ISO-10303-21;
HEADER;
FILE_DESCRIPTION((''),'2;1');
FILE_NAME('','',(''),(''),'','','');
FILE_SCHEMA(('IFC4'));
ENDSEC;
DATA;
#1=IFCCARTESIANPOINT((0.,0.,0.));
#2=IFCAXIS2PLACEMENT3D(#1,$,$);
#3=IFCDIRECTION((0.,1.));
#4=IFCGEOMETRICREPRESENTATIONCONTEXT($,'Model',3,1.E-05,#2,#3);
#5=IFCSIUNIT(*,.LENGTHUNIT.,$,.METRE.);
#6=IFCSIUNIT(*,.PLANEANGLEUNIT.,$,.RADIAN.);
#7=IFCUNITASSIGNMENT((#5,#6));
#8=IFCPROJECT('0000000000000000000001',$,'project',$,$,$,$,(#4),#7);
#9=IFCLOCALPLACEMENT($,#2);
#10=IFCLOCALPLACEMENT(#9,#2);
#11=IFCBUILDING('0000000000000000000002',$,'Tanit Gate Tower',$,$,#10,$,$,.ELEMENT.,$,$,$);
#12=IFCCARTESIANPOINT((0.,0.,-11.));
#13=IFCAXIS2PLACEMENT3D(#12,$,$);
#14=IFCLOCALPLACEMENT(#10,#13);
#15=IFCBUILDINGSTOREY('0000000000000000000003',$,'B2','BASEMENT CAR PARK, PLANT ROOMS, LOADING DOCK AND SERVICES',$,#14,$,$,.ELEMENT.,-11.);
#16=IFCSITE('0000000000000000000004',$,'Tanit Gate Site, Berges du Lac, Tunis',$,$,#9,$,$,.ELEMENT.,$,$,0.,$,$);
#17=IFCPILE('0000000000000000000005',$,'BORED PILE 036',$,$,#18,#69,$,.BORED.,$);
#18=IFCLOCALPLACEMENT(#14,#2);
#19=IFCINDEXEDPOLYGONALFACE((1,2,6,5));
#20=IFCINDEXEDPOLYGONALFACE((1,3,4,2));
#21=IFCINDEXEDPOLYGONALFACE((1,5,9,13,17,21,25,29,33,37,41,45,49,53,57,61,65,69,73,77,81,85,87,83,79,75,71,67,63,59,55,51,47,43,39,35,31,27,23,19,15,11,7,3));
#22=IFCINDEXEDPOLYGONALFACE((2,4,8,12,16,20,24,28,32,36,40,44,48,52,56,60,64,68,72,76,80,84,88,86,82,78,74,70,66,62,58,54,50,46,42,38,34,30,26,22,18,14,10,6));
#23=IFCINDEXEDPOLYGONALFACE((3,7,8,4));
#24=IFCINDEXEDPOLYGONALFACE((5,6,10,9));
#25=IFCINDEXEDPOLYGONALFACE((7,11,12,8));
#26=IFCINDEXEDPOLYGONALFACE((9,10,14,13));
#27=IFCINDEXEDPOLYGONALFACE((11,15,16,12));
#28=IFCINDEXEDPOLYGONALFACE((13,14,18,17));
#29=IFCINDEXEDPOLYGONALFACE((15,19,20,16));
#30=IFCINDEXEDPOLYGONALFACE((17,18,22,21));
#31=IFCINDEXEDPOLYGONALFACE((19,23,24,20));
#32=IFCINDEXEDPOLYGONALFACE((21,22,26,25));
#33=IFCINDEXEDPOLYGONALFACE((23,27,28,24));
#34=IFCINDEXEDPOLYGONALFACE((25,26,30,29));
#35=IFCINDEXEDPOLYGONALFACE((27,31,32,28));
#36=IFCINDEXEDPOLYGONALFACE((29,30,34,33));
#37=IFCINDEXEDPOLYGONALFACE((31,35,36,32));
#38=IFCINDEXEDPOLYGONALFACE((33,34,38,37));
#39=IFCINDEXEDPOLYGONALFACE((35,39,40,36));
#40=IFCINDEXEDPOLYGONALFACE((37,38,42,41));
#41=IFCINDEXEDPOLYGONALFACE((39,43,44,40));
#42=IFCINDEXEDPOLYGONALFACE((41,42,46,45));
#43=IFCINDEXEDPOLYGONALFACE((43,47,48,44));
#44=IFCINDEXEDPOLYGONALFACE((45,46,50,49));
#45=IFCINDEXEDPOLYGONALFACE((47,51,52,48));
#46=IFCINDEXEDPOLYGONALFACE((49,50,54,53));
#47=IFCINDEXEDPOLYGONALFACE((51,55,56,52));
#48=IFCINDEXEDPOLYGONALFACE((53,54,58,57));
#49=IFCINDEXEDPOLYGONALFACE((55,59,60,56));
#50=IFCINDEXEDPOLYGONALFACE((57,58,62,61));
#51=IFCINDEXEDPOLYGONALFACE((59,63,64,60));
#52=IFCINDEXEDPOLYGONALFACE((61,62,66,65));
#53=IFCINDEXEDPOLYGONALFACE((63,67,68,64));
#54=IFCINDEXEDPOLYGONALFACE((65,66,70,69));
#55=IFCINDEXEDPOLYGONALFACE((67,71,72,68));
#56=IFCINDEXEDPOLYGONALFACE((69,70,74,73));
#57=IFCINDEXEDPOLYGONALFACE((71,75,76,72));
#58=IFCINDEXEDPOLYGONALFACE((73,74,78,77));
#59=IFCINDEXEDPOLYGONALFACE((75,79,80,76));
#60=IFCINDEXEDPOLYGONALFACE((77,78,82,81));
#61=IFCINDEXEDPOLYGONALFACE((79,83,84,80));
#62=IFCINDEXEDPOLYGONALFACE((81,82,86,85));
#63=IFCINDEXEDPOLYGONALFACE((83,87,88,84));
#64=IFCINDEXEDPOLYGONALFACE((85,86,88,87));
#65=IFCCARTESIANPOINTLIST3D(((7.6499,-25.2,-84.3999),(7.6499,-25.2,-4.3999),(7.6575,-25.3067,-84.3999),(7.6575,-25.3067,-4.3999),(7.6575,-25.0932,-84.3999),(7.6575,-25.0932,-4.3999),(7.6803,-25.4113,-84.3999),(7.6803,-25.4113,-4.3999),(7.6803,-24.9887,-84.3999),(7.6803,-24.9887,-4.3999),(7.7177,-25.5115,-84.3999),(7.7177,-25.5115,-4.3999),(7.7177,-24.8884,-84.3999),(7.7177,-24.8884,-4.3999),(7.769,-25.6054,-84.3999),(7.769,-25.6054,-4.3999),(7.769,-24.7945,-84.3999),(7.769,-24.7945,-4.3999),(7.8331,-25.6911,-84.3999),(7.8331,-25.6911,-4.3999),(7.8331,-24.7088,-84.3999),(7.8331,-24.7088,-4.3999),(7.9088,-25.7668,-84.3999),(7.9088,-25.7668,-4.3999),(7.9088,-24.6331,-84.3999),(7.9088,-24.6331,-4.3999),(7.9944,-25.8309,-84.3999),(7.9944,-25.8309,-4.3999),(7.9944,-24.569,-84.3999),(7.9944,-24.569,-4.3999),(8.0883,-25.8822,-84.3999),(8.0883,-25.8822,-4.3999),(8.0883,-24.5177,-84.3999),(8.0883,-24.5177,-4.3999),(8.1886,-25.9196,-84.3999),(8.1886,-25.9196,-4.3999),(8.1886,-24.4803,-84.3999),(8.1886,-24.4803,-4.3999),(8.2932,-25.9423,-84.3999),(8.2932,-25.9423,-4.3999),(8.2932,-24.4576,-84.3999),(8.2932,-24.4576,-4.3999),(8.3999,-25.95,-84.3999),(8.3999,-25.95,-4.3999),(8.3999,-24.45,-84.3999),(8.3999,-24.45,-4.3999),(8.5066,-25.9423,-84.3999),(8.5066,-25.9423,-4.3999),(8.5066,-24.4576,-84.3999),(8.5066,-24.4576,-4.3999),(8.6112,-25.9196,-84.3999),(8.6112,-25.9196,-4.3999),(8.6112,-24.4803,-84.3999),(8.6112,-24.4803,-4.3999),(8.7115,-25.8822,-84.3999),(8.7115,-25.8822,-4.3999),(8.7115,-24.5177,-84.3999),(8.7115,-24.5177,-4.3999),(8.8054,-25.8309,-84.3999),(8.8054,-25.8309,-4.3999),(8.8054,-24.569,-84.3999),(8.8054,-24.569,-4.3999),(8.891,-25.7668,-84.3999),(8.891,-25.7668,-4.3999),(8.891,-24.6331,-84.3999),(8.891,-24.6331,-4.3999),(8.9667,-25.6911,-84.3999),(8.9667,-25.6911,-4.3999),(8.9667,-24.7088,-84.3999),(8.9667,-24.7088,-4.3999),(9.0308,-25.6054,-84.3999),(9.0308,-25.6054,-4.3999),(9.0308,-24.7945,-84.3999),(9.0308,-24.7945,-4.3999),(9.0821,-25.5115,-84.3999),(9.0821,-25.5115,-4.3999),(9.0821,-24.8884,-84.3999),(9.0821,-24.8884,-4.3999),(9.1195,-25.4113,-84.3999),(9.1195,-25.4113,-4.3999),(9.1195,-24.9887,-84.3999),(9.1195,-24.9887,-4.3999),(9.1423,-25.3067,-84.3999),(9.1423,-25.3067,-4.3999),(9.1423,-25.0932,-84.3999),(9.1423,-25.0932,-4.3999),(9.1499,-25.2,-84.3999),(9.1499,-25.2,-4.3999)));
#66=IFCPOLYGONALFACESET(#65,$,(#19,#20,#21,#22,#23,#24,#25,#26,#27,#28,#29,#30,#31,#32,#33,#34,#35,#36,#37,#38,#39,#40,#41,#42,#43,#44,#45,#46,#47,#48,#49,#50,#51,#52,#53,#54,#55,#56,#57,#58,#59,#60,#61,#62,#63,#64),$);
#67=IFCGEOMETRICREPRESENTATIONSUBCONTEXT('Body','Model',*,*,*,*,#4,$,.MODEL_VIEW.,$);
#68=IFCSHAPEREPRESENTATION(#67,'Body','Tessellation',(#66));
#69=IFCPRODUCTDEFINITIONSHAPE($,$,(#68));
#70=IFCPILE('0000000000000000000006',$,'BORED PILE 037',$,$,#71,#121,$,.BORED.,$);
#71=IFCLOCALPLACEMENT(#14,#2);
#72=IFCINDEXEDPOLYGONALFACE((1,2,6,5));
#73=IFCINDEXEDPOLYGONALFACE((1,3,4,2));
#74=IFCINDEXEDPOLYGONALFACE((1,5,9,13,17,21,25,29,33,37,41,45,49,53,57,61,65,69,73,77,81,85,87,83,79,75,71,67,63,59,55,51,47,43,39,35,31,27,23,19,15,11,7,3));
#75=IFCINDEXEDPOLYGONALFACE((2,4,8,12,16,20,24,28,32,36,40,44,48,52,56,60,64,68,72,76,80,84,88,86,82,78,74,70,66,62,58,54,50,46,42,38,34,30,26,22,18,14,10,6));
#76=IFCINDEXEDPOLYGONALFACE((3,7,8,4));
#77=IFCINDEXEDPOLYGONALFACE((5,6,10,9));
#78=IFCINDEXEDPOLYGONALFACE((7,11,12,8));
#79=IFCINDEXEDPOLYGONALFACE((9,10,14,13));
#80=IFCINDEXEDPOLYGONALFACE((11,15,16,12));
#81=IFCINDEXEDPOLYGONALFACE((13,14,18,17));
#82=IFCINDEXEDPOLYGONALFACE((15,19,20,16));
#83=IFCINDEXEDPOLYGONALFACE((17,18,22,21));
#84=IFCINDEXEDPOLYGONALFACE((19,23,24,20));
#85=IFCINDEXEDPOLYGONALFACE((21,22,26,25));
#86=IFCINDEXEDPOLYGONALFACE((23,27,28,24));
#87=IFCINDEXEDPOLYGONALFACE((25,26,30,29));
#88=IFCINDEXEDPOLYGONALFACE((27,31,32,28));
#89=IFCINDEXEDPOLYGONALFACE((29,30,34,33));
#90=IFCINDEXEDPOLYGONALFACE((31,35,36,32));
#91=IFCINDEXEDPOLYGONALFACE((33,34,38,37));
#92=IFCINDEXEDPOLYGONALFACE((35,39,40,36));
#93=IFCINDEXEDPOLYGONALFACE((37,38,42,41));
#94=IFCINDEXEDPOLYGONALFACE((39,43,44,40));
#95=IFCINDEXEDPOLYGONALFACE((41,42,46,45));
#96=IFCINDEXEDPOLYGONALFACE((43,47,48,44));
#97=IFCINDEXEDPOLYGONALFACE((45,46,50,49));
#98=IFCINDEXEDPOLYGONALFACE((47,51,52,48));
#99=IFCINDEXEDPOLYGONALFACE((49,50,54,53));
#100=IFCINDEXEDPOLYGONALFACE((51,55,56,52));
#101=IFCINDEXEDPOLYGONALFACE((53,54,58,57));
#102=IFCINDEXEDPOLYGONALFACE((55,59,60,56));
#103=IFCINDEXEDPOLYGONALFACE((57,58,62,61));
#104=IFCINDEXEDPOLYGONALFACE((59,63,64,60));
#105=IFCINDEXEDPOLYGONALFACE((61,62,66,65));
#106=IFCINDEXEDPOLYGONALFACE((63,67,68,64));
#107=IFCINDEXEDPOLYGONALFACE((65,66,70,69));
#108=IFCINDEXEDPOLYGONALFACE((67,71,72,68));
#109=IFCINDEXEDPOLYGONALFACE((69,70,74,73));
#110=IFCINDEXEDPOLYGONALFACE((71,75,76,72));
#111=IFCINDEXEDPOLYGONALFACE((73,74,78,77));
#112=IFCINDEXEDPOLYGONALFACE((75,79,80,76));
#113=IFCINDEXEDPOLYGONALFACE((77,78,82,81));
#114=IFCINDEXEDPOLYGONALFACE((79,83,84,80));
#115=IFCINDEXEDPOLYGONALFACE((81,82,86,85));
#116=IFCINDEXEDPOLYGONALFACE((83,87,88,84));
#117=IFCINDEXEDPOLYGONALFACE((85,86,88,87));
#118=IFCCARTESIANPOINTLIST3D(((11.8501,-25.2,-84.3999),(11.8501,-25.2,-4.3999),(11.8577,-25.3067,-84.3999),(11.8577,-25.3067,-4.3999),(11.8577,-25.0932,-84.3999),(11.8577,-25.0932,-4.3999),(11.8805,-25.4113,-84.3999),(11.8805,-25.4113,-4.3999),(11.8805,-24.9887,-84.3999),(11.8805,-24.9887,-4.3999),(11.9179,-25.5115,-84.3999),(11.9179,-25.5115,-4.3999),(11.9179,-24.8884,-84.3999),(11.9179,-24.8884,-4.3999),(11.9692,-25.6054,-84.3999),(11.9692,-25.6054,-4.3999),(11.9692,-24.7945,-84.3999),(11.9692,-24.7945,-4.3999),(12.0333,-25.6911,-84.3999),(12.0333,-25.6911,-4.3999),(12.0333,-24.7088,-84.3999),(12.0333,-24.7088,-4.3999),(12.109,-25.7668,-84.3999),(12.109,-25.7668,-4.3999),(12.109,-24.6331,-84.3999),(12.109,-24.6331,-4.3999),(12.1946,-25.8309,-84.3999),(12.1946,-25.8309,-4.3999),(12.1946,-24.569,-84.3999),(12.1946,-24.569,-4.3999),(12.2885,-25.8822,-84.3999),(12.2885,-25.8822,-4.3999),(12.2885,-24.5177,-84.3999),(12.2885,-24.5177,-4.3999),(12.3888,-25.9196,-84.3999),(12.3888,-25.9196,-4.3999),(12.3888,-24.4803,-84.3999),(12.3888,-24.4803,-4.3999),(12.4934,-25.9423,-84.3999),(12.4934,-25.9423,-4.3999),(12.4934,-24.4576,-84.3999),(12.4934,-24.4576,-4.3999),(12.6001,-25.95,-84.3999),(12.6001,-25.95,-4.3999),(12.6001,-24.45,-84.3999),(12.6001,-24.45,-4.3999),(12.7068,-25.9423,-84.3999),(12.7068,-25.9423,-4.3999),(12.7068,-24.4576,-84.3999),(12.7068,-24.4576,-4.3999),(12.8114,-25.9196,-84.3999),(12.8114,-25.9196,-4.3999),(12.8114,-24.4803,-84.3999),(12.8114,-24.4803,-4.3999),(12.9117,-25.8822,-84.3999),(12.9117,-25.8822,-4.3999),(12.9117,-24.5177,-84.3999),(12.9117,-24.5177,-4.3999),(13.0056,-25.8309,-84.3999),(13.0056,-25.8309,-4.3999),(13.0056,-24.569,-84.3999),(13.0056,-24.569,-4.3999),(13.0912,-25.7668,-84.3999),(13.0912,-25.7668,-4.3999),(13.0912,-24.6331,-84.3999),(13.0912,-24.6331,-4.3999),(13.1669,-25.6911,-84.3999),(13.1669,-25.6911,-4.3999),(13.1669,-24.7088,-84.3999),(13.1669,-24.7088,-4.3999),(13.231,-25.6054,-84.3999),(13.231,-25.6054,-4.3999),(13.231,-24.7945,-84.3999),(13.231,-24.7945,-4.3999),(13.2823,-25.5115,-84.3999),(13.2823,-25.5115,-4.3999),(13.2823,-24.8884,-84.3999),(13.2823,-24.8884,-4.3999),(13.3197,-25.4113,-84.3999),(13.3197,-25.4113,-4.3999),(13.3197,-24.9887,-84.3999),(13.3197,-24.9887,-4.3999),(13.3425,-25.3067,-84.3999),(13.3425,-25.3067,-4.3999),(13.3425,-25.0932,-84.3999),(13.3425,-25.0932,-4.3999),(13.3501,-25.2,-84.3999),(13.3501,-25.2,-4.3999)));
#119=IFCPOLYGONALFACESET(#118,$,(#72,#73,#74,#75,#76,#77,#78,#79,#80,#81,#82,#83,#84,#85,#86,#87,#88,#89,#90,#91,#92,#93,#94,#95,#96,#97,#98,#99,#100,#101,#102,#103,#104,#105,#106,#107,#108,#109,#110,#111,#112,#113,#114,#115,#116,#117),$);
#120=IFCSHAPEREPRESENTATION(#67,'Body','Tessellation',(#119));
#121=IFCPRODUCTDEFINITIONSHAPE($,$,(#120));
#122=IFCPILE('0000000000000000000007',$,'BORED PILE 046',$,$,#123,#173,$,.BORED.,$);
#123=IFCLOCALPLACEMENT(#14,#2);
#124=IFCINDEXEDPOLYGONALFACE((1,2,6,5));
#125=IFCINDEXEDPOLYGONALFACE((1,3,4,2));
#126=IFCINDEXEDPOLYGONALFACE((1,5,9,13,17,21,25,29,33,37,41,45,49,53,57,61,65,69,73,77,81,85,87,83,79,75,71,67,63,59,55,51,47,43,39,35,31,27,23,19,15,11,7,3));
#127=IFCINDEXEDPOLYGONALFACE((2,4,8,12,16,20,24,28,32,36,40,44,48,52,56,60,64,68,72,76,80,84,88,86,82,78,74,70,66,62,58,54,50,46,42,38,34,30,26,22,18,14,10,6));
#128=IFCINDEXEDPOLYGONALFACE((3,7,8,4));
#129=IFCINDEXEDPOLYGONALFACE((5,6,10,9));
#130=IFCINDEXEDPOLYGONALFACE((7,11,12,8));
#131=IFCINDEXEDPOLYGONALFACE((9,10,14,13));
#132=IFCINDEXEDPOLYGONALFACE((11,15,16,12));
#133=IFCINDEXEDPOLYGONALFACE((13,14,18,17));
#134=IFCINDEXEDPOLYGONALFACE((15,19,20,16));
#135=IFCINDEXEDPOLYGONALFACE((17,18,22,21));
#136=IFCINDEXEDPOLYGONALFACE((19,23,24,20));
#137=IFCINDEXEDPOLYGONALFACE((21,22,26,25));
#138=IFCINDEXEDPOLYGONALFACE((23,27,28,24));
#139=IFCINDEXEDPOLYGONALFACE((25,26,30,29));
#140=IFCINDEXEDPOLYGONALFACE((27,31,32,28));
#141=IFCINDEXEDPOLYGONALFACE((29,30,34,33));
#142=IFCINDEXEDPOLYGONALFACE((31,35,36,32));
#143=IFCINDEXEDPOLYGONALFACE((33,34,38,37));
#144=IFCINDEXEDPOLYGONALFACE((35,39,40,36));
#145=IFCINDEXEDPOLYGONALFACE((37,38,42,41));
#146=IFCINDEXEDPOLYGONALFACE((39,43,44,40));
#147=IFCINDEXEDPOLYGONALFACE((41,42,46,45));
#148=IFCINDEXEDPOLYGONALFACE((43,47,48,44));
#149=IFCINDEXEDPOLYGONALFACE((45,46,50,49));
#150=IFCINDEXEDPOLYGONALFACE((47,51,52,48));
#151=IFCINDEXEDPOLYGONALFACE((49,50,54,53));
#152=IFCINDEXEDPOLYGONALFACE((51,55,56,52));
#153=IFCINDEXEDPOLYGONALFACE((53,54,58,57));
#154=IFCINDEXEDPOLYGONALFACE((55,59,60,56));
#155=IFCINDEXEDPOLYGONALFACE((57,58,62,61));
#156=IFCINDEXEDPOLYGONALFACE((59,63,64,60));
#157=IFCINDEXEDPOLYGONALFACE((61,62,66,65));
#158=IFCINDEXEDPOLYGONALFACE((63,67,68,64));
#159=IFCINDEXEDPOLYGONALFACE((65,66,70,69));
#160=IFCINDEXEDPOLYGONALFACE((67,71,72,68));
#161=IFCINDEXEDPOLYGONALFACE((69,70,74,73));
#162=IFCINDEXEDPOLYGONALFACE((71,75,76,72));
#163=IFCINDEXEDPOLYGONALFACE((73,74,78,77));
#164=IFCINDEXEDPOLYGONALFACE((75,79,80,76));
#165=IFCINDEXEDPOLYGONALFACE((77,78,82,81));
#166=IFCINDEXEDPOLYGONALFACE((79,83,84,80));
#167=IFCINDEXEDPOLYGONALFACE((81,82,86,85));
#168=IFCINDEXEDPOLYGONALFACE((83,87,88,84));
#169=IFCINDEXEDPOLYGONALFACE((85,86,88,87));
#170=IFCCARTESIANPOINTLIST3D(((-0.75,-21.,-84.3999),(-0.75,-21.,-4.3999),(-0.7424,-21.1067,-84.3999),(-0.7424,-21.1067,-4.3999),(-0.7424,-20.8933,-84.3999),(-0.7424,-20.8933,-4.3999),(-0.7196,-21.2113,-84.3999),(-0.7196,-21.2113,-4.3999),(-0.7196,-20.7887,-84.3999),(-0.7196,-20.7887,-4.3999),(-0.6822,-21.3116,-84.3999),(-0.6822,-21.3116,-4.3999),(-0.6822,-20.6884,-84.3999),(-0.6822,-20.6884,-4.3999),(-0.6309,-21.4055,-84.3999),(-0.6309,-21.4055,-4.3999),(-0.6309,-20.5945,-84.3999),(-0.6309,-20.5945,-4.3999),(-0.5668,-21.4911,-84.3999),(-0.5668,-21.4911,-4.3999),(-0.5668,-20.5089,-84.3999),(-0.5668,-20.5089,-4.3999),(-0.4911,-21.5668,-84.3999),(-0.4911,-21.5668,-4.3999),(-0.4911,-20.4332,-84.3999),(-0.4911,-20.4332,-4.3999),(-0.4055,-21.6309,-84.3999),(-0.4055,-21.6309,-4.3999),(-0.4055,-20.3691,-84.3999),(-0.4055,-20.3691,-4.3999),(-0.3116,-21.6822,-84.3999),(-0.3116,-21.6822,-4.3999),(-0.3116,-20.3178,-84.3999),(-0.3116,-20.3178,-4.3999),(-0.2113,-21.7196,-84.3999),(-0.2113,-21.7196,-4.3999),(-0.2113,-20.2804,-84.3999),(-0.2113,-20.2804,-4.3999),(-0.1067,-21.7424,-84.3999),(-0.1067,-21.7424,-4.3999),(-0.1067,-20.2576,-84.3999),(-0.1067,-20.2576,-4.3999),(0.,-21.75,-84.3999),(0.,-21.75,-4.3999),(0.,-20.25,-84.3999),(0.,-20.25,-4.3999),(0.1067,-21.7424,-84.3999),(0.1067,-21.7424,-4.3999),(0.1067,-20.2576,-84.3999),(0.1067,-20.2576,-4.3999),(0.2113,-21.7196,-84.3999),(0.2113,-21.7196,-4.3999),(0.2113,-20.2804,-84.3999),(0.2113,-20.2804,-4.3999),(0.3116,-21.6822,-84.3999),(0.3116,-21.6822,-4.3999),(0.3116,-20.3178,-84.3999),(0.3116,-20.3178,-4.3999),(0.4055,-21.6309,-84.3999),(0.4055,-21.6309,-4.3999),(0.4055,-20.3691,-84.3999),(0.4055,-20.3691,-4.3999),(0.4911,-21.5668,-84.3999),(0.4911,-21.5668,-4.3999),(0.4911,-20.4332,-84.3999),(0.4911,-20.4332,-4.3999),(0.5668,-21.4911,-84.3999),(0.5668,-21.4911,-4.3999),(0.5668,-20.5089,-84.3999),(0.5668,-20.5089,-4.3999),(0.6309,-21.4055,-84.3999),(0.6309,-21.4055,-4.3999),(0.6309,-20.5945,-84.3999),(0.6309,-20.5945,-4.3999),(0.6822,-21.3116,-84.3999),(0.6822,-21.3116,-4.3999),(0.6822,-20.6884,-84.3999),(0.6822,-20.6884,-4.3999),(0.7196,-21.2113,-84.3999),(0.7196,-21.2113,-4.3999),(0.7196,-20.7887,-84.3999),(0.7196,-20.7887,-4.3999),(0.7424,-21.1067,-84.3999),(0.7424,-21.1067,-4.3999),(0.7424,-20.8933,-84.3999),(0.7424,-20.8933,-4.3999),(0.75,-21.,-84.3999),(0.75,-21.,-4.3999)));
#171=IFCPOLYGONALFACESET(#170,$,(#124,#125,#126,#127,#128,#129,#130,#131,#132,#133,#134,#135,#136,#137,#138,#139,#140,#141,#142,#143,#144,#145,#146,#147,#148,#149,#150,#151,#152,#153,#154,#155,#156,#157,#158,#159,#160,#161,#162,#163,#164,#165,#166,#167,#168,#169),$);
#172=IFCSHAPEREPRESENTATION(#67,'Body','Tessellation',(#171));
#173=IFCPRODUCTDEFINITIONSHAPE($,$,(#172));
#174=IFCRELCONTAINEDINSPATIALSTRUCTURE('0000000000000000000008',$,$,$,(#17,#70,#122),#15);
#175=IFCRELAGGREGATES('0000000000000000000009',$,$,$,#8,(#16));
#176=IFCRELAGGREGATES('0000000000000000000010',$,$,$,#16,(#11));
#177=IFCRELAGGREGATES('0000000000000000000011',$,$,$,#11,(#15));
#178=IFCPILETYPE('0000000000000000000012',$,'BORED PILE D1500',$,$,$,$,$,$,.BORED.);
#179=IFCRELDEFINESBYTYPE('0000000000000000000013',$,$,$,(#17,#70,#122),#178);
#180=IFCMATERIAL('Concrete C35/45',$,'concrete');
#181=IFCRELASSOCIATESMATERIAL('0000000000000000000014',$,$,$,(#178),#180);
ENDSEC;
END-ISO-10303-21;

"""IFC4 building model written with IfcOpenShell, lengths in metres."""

from ifc_helpers import new_model, si_unit, direction, frame, origin, origin_2d, place, context, subcontext, project, spatial, circle, extrude, material, material_profile, profile_set, type_object, element, save


model = new_model("IFC4")

# Units and contexts
model_context = context("Model", 3, precision=1e-05, world=origin(), true_north=direction((0.0, 1.0)))
body_context = subcontext(model_context, "Body", "Model", "MODEL_VIEW")
ifc_project = project(units=[si_unit("LENGTHUNIT", "METRE"), si_unit("PLANEANGLEUNIT", "RADIAN")], contexts=[model_context])

# Site, building, storey
site_placement = place(None, origin())
site = spatial("IfcSite", under=ifc_project, at=site_placement, Name="Tanit Gate Site, Berges du Lac, Tunis", CompositionType="ELEMENT", RefElevation=0.0)
building_placement = place(site_placement, origin())
building = spatial("IfcBuilding", under=site, at=building_placement, Name="Tanit Gate Tower", CompositionType="ELEMENT")
storey_placement = place(building_placement, frame((0.0, 0.0, -11.0)))
storey = spatial("IfcBuildingStorey", under=building, at=storey_placement, Name="B2", Description="BASEMENT CAR PARK, PLANT ROOMS, LOADING DOCK AND SERVICES", CompositionType="ELEMENT", Elevation=-11.0)

# Piles
ifc_material_1 = material(Name="Concrete C35/45", Category="concrete")
ifc_material_profile = material_profile(ifc_material_1, circle(Radius=0.75, at=origin_2d()), Name="BORED PILE D1500 C35/45")
ifc_profile_set = profile_set([ifc_material_profile], Name="Concrete C35/45")
pile_type = type_object("IfcPileType", Name="BORED PILE D1500", PredefinedType="BORED", material=ifc_profile_set)
for number, where, z_axis, x_axis, name in (
    (1, (8.3999, -25.2, -4.3999), (0.0, 0.0, -1.0), (1.0, 0.0, 0.0), "BORED PILE 036"),
    (2, (12.6001, -25.2, -4.3999), (0.0, 0.0, -1.0), (1.0, 0.0, 0.0), "BORED PILE 037"),
    (3, (0.0, -21.0, -4.3999), (0.0, 0.0, -1.0), (1.0, 0.0, 0.0), "BORED PILE 046"),
):
    element("IfcPile", number, at=place(storey_placement, frame(where, z_axis=z_axis, x_axis=x_axis)), inside=storey, type_object=pile_type, Name=name, PredefinedType="BORED", context=body_context, shape_type="SweptSolid", body=[
        extrude(circle(Radius=0.75, at=origin_2d()), origin(), (0.0, 0.0, 1.0), 80.0),
    ])

save(model, "model.ifc")
